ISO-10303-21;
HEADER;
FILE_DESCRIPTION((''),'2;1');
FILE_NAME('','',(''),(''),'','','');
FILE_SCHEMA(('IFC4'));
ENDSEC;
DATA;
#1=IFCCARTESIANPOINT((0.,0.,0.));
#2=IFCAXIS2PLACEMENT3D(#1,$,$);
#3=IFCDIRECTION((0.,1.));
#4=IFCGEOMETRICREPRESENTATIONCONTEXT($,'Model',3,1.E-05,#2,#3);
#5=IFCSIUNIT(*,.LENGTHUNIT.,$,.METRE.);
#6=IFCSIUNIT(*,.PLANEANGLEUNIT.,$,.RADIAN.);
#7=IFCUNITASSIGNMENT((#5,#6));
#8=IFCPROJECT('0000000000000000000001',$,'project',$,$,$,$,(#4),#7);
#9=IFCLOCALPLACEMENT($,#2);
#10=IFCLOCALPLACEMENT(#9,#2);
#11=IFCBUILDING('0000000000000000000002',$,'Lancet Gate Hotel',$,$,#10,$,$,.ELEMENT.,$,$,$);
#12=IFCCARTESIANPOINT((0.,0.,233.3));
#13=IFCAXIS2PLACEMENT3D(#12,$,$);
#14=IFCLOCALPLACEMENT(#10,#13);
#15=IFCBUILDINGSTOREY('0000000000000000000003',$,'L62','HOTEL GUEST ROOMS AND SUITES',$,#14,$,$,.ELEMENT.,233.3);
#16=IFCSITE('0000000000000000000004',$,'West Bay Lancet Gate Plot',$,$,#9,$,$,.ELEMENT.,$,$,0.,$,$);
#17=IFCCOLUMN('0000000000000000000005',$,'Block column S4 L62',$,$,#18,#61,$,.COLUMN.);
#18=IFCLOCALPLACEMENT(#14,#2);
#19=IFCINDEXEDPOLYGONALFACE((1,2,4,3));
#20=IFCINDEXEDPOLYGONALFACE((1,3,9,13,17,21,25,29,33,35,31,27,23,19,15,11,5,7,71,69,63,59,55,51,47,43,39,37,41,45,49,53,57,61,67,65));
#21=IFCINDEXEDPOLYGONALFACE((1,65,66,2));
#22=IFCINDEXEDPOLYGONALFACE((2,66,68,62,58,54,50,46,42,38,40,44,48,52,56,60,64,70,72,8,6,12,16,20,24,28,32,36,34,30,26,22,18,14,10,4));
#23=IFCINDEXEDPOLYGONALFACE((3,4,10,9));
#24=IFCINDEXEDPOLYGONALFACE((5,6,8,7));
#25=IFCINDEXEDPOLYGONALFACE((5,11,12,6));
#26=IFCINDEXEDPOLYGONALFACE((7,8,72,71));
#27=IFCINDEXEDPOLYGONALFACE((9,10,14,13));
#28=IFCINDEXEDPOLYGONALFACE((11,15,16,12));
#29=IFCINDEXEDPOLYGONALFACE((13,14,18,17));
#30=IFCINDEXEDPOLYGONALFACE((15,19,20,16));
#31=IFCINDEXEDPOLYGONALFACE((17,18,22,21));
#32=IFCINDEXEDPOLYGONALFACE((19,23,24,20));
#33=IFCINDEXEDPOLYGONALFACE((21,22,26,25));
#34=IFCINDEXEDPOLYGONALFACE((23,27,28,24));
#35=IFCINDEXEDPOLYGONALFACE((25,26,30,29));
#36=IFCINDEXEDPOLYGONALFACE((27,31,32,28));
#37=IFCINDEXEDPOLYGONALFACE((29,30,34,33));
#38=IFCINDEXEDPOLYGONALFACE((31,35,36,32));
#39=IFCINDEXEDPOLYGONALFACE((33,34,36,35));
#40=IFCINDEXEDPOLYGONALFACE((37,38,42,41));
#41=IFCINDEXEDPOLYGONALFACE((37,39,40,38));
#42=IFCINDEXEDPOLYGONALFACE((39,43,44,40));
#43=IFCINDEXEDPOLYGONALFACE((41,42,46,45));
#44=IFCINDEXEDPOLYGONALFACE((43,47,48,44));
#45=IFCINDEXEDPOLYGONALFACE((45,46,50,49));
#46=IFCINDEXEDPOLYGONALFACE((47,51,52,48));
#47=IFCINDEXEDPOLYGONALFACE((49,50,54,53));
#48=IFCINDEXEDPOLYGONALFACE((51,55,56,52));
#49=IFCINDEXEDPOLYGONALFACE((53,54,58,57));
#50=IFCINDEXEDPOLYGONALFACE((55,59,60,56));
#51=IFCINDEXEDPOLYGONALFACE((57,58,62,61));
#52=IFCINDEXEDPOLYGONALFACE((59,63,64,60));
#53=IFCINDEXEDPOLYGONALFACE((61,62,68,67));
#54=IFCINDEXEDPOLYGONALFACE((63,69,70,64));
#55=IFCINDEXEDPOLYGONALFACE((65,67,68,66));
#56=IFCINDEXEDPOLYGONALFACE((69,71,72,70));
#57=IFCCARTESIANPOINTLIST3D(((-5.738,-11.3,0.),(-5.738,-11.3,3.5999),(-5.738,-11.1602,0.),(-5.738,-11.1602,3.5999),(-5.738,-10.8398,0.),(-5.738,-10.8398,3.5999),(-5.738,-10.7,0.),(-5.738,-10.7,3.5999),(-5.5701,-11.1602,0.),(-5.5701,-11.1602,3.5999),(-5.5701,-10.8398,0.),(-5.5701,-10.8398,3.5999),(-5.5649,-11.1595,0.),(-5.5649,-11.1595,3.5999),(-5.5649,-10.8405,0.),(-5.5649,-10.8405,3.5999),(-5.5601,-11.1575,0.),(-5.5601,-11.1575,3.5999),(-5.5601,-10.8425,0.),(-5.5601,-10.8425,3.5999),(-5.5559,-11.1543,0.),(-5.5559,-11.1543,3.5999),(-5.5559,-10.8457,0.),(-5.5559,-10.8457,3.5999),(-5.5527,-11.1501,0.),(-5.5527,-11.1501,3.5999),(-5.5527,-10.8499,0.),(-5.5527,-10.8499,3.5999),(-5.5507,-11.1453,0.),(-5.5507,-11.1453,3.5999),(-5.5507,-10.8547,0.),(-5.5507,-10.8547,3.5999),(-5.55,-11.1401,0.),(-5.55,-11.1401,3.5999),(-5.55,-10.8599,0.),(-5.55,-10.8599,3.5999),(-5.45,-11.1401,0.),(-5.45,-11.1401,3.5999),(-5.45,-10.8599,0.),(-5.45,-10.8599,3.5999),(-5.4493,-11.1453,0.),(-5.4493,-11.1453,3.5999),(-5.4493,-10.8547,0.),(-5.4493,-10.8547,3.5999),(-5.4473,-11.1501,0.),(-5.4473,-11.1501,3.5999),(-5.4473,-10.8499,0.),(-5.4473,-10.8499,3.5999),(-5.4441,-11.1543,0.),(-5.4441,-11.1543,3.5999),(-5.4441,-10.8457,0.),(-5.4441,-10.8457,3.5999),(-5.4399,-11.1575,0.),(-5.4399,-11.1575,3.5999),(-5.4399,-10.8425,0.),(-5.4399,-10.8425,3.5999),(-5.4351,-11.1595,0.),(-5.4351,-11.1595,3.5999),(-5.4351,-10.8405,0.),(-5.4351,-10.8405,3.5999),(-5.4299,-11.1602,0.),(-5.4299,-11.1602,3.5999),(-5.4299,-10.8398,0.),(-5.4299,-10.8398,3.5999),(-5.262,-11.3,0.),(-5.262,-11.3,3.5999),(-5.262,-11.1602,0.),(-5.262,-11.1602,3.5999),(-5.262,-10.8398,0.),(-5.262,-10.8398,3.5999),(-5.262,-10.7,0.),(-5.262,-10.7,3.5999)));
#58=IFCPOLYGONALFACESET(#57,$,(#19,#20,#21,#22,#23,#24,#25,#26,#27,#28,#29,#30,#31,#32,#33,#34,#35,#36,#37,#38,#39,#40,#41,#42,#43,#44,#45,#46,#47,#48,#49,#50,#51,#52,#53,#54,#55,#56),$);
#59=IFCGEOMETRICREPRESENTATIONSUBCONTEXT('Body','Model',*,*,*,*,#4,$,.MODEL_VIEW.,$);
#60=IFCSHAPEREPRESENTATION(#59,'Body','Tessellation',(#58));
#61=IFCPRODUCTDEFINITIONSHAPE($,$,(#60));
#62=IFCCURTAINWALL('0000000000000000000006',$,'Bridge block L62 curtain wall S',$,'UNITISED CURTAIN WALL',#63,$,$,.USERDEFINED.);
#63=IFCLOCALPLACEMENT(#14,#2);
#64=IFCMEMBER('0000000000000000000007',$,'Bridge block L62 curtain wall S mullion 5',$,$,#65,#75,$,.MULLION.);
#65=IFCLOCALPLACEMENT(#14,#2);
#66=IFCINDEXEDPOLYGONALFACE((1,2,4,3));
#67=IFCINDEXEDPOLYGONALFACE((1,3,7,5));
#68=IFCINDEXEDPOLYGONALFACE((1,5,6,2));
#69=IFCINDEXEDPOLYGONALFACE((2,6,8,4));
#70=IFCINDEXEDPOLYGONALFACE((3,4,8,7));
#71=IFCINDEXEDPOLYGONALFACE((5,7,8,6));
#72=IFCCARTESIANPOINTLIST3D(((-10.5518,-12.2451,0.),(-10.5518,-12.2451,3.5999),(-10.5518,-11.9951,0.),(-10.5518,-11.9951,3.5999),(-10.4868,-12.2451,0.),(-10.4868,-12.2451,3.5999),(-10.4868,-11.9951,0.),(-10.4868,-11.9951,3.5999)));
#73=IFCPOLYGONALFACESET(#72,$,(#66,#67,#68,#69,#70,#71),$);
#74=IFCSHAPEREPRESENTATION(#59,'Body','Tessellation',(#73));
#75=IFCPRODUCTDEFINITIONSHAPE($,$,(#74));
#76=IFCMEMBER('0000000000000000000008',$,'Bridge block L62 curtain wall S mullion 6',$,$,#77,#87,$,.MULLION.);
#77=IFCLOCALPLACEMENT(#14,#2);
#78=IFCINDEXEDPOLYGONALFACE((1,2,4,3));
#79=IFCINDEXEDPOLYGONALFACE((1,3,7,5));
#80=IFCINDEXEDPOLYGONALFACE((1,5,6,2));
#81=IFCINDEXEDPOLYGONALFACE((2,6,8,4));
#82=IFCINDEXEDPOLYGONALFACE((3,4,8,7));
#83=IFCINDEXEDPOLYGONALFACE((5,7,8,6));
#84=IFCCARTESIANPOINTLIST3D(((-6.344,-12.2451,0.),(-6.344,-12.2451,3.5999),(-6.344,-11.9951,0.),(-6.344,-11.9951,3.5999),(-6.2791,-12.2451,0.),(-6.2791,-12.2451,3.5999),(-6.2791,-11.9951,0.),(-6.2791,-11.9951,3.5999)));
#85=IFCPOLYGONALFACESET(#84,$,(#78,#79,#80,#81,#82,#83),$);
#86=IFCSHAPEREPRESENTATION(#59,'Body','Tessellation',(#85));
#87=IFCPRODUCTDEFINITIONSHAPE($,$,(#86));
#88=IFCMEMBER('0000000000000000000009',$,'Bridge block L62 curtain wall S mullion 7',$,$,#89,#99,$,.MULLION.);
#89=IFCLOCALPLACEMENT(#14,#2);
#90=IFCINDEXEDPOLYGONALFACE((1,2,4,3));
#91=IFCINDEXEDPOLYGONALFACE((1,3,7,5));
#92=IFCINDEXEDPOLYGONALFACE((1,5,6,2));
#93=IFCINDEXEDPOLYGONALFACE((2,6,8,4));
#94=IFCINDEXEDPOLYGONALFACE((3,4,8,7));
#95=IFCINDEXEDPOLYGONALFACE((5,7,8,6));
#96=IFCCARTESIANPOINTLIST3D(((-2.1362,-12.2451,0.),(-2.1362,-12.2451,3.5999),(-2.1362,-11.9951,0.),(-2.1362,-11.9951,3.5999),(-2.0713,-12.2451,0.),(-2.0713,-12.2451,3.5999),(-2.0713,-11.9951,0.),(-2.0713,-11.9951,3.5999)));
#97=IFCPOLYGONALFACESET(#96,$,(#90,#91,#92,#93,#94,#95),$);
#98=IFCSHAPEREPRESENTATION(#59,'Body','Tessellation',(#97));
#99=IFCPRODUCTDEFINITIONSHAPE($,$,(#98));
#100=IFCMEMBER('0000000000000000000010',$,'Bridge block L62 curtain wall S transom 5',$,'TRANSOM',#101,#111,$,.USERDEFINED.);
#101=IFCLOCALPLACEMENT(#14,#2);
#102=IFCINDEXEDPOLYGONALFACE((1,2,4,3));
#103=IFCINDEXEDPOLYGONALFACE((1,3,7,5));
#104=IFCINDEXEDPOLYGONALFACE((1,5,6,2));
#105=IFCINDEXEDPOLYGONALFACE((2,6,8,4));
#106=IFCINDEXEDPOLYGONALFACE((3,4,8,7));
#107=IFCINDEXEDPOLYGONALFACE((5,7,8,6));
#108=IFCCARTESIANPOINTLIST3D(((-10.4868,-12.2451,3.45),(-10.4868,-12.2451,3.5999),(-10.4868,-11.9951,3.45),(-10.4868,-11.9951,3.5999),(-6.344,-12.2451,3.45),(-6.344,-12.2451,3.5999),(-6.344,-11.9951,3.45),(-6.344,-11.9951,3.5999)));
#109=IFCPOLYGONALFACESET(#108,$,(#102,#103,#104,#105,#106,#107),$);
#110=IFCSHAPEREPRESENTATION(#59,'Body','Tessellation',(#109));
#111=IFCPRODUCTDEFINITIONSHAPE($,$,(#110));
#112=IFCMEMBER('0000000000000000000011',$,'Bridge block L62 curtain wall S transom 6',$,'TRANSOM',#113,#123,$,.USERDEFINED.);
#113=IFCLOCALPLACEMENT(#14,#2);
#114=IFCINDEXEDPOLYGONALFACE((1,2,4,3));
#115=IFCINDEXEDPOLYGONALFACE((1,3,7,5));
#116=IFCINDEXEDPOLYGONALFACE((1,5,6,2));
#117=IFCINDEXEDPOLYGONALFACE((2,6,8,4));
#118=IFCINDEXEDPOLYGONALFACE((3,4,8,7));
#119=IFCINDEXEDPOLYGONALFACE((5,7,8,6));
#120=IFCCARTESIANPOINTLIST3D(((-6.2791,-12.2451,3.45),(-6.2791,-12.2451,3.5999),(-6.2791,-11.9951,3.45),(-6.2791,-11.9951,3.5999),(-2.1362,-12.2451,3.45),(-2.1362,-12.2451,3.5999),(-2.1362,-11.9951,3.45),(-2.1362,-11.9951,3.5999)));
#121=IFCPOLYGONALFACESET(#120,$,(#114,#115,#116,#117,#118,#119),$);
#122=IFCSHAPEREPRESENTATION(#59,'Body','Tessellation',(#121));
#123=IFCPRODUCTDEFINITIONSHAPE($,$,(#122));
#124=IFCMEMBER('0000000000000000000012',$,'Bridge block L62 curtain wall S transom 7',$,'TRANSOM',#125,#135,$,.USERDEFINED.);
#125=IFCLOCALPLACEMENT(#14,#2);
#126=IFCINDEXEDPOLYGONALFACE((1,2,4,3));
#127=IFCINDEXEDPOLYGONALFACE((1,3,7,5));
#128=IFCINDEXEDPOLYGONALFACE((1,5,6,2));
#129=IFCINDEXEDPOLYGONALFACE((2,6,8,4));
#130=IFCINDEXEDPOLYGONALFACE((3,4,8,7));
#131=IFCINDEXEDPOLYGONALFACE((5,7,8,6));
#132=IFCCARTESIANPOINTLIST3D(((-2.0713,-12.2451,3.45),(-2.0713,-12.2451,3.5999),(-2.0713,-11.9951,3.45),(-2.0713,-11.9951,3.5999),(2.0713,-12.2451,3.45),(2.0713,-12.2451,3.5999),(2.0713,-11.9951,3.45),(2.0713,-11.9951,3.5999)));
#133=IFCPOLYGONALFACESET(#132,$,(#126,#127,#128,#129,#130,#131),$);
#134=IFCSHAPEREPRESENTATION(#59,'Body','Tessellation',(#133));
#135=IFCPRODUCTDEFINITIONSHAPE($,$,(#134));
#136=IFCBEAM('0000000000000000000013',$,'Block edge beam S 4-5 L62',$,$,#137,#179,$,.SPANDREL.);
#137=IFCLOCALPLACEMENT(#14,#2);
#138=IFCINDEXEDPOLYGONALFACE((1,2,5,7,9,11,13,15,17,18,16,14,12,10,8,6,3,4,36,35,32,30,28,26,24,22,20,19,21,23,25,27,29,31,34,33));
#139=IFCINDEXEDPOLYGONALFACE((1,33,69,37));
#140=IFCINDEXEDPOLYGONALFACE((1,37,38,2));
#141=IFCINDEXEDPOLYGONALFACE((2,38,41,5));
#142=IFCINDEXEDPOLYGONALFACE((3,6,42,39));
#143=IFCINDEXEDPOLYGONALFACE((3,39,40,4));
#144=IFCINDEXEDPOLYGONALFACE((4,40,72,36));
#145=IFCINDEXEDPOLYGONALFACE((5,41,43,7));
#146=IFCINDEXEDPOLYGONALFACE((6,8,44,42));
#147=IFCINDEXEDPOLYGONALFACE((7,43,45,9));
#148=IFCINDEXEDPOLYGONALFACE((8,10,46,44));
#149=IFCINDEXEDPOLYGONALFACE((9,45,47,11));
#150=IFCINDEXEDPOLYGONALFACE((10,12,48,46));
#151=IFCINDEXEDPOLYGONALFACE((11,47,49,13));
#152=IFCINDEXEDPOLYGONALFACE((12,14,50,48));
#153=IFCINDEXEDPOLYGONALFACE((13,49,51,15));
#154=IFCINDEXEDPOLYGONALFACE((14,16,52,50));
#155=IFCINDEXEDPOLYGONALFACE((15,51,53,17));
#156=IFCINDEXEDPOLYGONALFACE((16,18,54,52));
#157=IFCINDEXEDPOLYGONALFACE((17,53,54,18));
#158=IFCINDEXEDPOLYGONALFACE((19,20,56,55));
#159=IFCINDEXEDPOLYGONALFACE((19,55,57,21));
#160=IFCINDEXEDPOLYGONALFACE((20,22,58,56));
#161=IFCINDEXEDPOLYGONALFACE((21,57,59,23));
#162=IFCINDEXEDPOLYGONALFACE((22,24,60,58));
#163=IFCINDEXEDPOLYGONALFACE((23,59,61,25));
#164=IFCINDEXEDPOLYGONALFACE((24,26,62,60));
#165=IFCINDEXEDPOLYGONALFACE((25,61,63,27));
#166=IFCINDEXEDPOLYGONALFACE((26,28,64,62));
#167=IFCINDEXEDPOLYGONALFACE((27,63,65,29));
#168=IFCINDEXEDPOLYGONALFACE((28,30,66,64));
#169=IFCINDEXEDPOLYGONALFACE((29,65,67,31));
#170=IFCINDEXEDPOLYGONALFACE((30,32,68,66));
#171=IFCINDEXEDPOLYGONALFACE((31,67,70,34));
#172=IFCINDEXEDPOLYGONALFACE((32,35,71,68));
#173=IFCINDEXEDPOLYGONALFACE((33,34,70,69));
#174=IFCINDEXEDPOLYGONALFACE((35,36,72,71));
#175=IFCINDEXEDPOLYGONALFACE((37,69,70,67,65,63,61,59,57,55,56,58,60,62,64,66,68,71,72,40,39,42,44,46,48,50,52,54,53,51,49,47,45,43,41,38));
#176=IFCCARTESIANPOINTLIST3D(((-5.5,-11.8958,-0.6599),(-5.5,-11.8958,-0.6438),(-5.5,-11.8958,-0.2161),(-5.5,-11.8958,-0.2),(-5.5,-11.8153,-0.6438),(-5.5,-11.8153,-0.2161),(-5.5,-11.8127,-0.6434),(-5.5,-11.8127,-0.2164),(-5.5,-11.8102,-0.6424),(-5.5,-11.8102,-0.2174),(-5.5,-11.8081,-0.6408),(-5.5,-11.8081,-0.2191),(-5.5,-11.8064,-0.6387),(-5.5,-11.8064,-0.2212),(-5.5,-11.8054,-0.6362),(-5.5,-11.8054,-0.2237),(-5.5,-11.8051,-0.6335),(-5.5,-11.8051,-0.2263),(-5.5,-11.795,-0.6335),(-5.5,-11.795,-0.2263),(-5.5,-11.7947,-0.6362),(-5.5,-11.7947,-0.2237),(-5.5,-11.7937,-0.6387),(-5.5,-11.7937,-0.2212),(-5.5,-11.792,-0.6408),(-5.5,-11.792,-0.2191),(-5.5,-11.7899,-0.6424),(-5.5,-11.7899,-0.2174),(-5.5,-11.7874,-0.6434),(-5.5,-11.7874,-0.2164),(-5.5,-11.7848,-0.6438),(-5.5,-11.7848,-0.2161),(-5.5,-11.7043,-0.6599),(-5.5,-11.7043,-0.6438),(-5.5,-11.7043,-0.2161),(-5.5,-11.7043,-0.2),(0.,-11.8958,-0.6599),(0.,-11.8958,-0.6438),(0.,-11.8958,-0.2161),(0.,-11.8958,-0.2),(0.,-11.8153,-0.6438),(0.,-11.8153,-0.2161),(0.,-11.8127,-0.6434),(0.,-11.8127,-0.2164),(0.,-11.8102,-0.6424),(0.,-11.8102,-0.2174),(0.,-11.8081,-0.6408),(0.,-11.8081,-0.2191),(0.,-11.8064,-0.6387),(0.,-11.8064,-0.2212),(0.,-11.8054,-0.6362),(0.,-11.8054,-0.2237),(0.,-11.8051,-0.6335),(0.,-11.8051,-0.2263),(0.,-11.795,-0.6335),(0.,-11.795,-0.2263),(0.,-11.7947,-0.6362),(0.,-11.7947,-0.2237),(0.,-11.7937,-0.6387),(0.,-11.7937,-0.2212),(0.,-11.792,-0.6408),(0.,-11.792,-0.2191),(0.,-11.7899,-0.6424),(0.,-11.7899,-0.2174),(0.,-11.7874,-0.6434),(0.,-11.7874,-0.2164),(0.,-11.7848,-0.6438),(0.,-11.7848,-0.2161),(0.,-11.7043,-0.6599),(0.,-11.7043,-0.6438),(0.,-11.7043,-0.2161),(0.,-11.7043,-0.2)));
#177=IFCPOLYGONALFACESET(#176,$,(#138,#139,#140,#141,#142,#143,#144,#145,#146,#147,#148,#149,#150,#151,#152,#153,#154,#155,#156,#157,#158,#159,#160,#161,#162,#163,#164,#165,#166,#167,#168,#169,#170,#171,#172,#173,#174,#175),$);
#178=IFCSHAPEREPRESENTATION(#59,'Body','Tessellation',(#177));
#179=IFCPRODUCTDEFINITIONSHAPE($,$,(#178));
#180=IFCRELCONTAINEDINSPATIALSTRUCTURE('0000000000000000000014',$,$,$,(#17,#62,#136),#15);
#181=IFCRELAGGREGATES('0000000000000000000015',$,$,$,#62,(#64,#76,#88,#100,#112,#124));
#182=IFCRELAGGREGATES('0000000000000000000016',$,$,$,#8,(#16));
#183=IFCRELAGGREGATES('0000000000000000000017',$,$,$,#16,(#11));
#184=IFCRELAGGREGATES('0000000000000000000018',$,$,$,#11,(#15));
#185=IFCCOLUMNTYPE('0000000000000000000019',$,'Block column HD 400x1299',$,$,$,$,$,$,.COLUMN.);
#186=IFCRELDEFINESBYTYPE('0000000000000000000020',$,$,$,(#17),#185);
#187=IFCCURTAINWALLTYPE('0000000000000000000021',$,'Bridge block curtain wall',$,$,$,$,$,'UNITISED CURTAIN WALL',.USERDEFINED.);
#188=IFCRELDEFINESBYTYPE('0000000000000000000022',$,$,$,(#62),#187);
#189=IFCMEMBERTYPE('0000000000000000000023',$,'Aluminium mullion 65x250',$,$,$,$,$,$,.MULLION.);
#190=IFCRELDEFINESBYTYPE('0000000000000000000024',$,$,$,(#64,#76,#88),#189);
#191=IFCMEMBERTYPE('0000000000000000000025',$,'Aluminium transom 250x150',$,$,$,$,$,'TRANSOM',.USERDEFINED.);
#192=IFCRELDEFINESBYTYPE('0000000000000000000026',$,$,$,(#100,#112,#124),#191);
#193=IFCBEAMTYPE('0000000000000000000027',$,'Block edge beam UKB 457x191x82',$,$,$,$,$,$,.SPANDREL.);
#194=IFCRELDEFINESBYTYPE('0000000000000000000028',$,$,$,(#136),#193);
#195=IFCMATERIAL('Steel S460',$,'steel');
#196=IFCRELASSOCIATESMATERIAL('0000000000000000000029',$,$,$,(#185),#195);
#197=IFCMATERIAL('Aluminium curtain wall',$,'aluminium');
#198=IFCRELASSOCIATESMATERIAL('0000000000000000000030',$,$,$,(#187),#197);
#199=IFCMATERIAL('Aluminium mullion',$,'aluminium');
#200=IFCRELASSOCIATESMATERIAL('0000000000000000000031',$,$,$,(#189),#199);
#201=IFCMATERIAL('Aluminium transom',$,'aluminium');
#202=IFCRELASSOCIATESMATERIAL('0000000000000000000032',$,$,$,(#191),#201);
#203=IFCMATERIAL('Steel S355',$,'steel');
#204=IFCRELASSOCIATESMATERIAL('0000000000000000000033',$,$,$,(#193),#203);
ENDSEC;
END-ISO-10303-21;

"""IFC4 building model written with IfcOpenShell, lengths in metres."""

from ifc_helpers import new_model, si_unit, direction, frame, origin, origin_2d, place, context, subcontext, project, spatial, rectangle, i_section, extrude, material, material_profile, profile_set, type_object, element, aggregate, save


model = new_model("IFC4")

# Units and contexts
model_context = context("Model", 3, precision=1e-05, world=origin(), true_north=direction((0.0, 1.0)))
body_context = subcontext(model_context, "Body", "Model", "MODEL_VIEW")
ifc_project = project(units=[si_unit("LENGTHUNIT", "METRE"), si_unit("PLANEANGLEUNIT", "RADIAN")], contexts=[model_context])

# Site, building, storey
site_placement = place(None, origin())
site = spatial("IfcSite", under=ifc_project, at=site_placement, Name="West Bay Lancet Gate Plot", CompositionType="ELEMENT", RefElevation=0.0)
building_placement = place(site_placement, origin())
building = spatial("IfcBuilding", under=site, at=building_placement, Name="Lancet Gate Hotel", CompositionType="ELEMENT")
storey_placement = place(building_placement, frame((0.0, 0.0, 233.3)))
storey = spatial("IfcBuildingStorey", under=building, at=storey_placement, Name="L62", Description="HOTEL GUEST ROOMS AND SUITES", CompositionType="ELEMENT", Elevation=233.3)

# Column
ifc_material_1 = material(Name="Steel S460", Category="steel")
ifc_material_profile_1 = material_profile(ifc_material_1, i_section(OverallWidth=0.4761, OverallDepth=0.6001, WebThickness=0.1001, FlangeThickness=0.1399, FilletRadius=0.02, at=origin_2d()), Name="HD 400x1299")
ifc_profile_set_1 = profile_set([ifc_material_profile_1], Name="Steel S460")
column_type = type_object("IfcColumnType", Name="Block column HD 400x1299", PredefinedType="COLUMN", material=ifc_profile_set_1)
column_placement = place(storey_placement, frame((-5.5, -11.0, 0.0), z_axis=(0.0, 0.0, 1.0), x_axis=(1.0, 0.0, 0.0)))
element("IfcColumn", 1, at=column_placement, inside=storey, type_object=column_type, Name="Block column S4 L62", PredefinedType="COLUMN", context=body_context, shape_type="SweptSolid", body=[
    extrude(i_section(OverallWidth=0.4761, OverallDepth=0.6001, WebThickness=0.1001, FlangeThickness=0.1399, FilletRadius=0.02, at=origin_2d()), origin(), (0.0, 0.0, 1.0), 3.5999),
])

# Curtain wall, members
ifc_material_2 = material(Name="Aluminium curtain wall", Category="aluminium")
curtain_wall_type = type_object("IfcCurtainWallType", Name="Bridge block curtain wall", ElementType="UNITISED CURTAIN WALL", PredefinedType="USERDEFINED", material=ifc_material_2)
curtain_wall_placement = place(storey_placement, origin())
curtain_wall = element("IfcCurtainWall", 2, at=curtain_wall_placement, inside=storey, type_object=curtain_wall_type, Name="Bridge block L62 curtain wall S", ObjectType="UNITISED CURTAIN WALL", PredefinedType="USERDEFINED")
ifc_material_3 = material(Name="Aluminium mullion", Category="aluminium")
ifc_material_profile_2 = material_profile(ifc_material_3, rectangle(XDim=0.0649, YDim=0.25, at=origin_2d()), Name="MULLION 65x250")
ifc_profile_set_2 = profile_set([ifc_material_profile_2], Name="Aluminium mullion")
member_type_1 = type_object("IfcMemberType", Name="Aluminium mullion 65x250", PredefinedType="MULLION", material=ifc_profile_set_2)
member_1_placement = place(storey_placement, frame((-10.5193, -12.1201, 0.0), z_axis=(0.0, 0.0, 1.0), x_axis=(1.0, 0.0, 0.0)))
member_1 = element("IfcMember", 3, at=member_1_placement, type_object=member_type_1, Name="Bridge block L62 curtain wall S mullion 5", PredefinedType="MULLION", context=body_context, shape_type="SweptSolid", body=[
    extrude(rectangle(XDim=0.0649, YDim=0.25, at=origin_2d()), origin(), (0.0, 0.0, 1.0), 3.5999),
])
member_2_placement = place(storey_placement, frame((-6.3115, -12.1201, 0.0), z_axis=(0.0, 0.0, 1.0), x_axis=(1.0, 0.0, 0.0)))
member_2 = element("IfcMember", 4, at=member_2_placement, type_object=member_type_1, Name="Bridge block L62 curtain wall S mullion 6", PredefinedType="MULLION", context=body_context, shape_type="SweptSolid", body=[
    extrude(rectangle(XDim=0.0649, YDim=0.25, at=origin_2d()), origin(), (0.0, 0.0, 1.0), 3.5999),
])
member_3_placement = place(storey_placement, frame((-2.1038, -12.1201, 0.0), z_axis=(0.0, 0.0, 1.0), x_axis=(1.0, 0.0, 0.0)))
member_3 = element("IfcMember", 5, at=member_3_placement, type_object=member_type_1, Name="Bridge block L62 curtain wall S mullion 7", PredefinedType="MULLION", context=body_context, shape_type="SweptSolid", body=[
    extrude(rectangle(XDim=0.0649, YDim=0.25, at=origin_2d()), origin(), (0.0, 0.0, 1.0), 3.5999),
])
ifc_material_4 = material(Name="Aluminium transom", Category="aluminium")
ifc_material_profile_3 = material_profile(ifc_material_4, rectangle(XDim=0.25, YDim=0.1499, at=origin_2d()), Name="TRANSOM 250x150")
ifc_profile_set_3 = profile_set([ifc_material_profile_3], Name="Aluminium transom")
member_type_2 = type_object("IfcMemberType", Name="Aluminium transom 250x150", ElementType="TRANSOM", PredefinedType="USERDEFINED", material=ifc_profile_set_3)
member_4_placement = place(storey_placement, frame((-10.4868, -12.1201, 3.5249), z_axis=(1.0, 0.0, 0.0), x_axis=(0.0, 1.0, 0.0)))
member_4 = element("IfcMember", 6, at=member_4_placement, type_object=member_type_2, Name="Bridge block L62 curtain wall S transom 5", ObjectType="TRANSOM", PredefinedType="USERDEFINED", context=body_context, shape_type="SweptSolid", body=[
    extrude(rectangle(XDim=0.25, YDim=0.1499, at=origin_2d()), origin(), (0.0, 0.0, 1.0), 4.1428),
])
member_5_placement = place(storey_placement, frame((-6.2791, -12.1201, 3.5249), z_axis=(1.0, 0.0, 0.0), x_axis=(0.0, 1.0, 0.0)))
member_5 = element("IfcMember", 7, at=member_5_placement, type_object=member_type_2, Name="Bridge block L62 curtain wall S transom 6", ObjectType="TRANSOM", PredefinedType="USERDEFINED", context=body_context, shape_type="SweptSolid", body=[
    extrude(rectangle(XDim=0.25, YDim=0.1499, at=origin_2d()), origin(), (0.0, 0.0, 1.0), 4.1428),
])
member_6_placement = place(storey_placement, frame((-2.0713, -12.1201, 3.5249), z_axis=(1.0, 0.0, 0.0), x_axis=(0.0, 1.0, 0.0)))
member_6 = element("IfcMember", 8, at=member_6_placement, type_object=member_type_2, Name="Bridge block L62 curtain wall S transom 7", ObjectType="TRANSOM", PredefinedType="USERDEFINED", context=body_context, shape_type="SweptSolid", body=[
    extrude(rectangle(XDim=0.25, YDim=0.1499, at=origin_2d()), origin(), (0.0, 0.0, 1.0), 4.1426),
])

# Beam
ifc_material_5 = material(Name="Steel S355", Category="steel")
ifc_material_profile_4 = material_profile(ifc_material_5, i_section(OverallWidth=0.1914, OverallDepth=0.46, WebThickness=0.01, FlangeThickness=0.0161, FilletRadius=0.0103, at=origin_2d()), Name="UKB 457x191x82")
ifc_profile_set_4 = profile_set([ifc_material_profile_4], Name="Steel S355")
beam_type_1 = type_object("IfcBeamType", Name="Block edge beam UKB 457x191x82", PredefinedType="SPANDREL", material=ifc_profile_set_4)
beam_1_placement = place(storey_placement, frame((-5.5, -11.8, -0.4299), z_axis=(1.0, 0.0, 0.0), x_axis=(0.0, 1.0, 0.0)))
element("IfcBeam", 9, at=beam_1_placement, inside=storey, type_object=beam_type_1, Name="Block edge beam S 4-5 L62", PredefinedType="SPANDREL", context=body_context, shape_type="SweptSolid", body=[
    extrude(i_section(OverallWidth=0.1914, OverallDepth=0.46, WebThickness=0.01, FlangeThickness=0.0161, FilletRadius=0.0103, at=origin_2d()), origin(), (0.0, 0.0, 1.0), 5.5),
])

aggregate(curtain_wall, [member_1, member_2, member_3, member_4, member_5, member_6])

save(model, "model.ifc")
